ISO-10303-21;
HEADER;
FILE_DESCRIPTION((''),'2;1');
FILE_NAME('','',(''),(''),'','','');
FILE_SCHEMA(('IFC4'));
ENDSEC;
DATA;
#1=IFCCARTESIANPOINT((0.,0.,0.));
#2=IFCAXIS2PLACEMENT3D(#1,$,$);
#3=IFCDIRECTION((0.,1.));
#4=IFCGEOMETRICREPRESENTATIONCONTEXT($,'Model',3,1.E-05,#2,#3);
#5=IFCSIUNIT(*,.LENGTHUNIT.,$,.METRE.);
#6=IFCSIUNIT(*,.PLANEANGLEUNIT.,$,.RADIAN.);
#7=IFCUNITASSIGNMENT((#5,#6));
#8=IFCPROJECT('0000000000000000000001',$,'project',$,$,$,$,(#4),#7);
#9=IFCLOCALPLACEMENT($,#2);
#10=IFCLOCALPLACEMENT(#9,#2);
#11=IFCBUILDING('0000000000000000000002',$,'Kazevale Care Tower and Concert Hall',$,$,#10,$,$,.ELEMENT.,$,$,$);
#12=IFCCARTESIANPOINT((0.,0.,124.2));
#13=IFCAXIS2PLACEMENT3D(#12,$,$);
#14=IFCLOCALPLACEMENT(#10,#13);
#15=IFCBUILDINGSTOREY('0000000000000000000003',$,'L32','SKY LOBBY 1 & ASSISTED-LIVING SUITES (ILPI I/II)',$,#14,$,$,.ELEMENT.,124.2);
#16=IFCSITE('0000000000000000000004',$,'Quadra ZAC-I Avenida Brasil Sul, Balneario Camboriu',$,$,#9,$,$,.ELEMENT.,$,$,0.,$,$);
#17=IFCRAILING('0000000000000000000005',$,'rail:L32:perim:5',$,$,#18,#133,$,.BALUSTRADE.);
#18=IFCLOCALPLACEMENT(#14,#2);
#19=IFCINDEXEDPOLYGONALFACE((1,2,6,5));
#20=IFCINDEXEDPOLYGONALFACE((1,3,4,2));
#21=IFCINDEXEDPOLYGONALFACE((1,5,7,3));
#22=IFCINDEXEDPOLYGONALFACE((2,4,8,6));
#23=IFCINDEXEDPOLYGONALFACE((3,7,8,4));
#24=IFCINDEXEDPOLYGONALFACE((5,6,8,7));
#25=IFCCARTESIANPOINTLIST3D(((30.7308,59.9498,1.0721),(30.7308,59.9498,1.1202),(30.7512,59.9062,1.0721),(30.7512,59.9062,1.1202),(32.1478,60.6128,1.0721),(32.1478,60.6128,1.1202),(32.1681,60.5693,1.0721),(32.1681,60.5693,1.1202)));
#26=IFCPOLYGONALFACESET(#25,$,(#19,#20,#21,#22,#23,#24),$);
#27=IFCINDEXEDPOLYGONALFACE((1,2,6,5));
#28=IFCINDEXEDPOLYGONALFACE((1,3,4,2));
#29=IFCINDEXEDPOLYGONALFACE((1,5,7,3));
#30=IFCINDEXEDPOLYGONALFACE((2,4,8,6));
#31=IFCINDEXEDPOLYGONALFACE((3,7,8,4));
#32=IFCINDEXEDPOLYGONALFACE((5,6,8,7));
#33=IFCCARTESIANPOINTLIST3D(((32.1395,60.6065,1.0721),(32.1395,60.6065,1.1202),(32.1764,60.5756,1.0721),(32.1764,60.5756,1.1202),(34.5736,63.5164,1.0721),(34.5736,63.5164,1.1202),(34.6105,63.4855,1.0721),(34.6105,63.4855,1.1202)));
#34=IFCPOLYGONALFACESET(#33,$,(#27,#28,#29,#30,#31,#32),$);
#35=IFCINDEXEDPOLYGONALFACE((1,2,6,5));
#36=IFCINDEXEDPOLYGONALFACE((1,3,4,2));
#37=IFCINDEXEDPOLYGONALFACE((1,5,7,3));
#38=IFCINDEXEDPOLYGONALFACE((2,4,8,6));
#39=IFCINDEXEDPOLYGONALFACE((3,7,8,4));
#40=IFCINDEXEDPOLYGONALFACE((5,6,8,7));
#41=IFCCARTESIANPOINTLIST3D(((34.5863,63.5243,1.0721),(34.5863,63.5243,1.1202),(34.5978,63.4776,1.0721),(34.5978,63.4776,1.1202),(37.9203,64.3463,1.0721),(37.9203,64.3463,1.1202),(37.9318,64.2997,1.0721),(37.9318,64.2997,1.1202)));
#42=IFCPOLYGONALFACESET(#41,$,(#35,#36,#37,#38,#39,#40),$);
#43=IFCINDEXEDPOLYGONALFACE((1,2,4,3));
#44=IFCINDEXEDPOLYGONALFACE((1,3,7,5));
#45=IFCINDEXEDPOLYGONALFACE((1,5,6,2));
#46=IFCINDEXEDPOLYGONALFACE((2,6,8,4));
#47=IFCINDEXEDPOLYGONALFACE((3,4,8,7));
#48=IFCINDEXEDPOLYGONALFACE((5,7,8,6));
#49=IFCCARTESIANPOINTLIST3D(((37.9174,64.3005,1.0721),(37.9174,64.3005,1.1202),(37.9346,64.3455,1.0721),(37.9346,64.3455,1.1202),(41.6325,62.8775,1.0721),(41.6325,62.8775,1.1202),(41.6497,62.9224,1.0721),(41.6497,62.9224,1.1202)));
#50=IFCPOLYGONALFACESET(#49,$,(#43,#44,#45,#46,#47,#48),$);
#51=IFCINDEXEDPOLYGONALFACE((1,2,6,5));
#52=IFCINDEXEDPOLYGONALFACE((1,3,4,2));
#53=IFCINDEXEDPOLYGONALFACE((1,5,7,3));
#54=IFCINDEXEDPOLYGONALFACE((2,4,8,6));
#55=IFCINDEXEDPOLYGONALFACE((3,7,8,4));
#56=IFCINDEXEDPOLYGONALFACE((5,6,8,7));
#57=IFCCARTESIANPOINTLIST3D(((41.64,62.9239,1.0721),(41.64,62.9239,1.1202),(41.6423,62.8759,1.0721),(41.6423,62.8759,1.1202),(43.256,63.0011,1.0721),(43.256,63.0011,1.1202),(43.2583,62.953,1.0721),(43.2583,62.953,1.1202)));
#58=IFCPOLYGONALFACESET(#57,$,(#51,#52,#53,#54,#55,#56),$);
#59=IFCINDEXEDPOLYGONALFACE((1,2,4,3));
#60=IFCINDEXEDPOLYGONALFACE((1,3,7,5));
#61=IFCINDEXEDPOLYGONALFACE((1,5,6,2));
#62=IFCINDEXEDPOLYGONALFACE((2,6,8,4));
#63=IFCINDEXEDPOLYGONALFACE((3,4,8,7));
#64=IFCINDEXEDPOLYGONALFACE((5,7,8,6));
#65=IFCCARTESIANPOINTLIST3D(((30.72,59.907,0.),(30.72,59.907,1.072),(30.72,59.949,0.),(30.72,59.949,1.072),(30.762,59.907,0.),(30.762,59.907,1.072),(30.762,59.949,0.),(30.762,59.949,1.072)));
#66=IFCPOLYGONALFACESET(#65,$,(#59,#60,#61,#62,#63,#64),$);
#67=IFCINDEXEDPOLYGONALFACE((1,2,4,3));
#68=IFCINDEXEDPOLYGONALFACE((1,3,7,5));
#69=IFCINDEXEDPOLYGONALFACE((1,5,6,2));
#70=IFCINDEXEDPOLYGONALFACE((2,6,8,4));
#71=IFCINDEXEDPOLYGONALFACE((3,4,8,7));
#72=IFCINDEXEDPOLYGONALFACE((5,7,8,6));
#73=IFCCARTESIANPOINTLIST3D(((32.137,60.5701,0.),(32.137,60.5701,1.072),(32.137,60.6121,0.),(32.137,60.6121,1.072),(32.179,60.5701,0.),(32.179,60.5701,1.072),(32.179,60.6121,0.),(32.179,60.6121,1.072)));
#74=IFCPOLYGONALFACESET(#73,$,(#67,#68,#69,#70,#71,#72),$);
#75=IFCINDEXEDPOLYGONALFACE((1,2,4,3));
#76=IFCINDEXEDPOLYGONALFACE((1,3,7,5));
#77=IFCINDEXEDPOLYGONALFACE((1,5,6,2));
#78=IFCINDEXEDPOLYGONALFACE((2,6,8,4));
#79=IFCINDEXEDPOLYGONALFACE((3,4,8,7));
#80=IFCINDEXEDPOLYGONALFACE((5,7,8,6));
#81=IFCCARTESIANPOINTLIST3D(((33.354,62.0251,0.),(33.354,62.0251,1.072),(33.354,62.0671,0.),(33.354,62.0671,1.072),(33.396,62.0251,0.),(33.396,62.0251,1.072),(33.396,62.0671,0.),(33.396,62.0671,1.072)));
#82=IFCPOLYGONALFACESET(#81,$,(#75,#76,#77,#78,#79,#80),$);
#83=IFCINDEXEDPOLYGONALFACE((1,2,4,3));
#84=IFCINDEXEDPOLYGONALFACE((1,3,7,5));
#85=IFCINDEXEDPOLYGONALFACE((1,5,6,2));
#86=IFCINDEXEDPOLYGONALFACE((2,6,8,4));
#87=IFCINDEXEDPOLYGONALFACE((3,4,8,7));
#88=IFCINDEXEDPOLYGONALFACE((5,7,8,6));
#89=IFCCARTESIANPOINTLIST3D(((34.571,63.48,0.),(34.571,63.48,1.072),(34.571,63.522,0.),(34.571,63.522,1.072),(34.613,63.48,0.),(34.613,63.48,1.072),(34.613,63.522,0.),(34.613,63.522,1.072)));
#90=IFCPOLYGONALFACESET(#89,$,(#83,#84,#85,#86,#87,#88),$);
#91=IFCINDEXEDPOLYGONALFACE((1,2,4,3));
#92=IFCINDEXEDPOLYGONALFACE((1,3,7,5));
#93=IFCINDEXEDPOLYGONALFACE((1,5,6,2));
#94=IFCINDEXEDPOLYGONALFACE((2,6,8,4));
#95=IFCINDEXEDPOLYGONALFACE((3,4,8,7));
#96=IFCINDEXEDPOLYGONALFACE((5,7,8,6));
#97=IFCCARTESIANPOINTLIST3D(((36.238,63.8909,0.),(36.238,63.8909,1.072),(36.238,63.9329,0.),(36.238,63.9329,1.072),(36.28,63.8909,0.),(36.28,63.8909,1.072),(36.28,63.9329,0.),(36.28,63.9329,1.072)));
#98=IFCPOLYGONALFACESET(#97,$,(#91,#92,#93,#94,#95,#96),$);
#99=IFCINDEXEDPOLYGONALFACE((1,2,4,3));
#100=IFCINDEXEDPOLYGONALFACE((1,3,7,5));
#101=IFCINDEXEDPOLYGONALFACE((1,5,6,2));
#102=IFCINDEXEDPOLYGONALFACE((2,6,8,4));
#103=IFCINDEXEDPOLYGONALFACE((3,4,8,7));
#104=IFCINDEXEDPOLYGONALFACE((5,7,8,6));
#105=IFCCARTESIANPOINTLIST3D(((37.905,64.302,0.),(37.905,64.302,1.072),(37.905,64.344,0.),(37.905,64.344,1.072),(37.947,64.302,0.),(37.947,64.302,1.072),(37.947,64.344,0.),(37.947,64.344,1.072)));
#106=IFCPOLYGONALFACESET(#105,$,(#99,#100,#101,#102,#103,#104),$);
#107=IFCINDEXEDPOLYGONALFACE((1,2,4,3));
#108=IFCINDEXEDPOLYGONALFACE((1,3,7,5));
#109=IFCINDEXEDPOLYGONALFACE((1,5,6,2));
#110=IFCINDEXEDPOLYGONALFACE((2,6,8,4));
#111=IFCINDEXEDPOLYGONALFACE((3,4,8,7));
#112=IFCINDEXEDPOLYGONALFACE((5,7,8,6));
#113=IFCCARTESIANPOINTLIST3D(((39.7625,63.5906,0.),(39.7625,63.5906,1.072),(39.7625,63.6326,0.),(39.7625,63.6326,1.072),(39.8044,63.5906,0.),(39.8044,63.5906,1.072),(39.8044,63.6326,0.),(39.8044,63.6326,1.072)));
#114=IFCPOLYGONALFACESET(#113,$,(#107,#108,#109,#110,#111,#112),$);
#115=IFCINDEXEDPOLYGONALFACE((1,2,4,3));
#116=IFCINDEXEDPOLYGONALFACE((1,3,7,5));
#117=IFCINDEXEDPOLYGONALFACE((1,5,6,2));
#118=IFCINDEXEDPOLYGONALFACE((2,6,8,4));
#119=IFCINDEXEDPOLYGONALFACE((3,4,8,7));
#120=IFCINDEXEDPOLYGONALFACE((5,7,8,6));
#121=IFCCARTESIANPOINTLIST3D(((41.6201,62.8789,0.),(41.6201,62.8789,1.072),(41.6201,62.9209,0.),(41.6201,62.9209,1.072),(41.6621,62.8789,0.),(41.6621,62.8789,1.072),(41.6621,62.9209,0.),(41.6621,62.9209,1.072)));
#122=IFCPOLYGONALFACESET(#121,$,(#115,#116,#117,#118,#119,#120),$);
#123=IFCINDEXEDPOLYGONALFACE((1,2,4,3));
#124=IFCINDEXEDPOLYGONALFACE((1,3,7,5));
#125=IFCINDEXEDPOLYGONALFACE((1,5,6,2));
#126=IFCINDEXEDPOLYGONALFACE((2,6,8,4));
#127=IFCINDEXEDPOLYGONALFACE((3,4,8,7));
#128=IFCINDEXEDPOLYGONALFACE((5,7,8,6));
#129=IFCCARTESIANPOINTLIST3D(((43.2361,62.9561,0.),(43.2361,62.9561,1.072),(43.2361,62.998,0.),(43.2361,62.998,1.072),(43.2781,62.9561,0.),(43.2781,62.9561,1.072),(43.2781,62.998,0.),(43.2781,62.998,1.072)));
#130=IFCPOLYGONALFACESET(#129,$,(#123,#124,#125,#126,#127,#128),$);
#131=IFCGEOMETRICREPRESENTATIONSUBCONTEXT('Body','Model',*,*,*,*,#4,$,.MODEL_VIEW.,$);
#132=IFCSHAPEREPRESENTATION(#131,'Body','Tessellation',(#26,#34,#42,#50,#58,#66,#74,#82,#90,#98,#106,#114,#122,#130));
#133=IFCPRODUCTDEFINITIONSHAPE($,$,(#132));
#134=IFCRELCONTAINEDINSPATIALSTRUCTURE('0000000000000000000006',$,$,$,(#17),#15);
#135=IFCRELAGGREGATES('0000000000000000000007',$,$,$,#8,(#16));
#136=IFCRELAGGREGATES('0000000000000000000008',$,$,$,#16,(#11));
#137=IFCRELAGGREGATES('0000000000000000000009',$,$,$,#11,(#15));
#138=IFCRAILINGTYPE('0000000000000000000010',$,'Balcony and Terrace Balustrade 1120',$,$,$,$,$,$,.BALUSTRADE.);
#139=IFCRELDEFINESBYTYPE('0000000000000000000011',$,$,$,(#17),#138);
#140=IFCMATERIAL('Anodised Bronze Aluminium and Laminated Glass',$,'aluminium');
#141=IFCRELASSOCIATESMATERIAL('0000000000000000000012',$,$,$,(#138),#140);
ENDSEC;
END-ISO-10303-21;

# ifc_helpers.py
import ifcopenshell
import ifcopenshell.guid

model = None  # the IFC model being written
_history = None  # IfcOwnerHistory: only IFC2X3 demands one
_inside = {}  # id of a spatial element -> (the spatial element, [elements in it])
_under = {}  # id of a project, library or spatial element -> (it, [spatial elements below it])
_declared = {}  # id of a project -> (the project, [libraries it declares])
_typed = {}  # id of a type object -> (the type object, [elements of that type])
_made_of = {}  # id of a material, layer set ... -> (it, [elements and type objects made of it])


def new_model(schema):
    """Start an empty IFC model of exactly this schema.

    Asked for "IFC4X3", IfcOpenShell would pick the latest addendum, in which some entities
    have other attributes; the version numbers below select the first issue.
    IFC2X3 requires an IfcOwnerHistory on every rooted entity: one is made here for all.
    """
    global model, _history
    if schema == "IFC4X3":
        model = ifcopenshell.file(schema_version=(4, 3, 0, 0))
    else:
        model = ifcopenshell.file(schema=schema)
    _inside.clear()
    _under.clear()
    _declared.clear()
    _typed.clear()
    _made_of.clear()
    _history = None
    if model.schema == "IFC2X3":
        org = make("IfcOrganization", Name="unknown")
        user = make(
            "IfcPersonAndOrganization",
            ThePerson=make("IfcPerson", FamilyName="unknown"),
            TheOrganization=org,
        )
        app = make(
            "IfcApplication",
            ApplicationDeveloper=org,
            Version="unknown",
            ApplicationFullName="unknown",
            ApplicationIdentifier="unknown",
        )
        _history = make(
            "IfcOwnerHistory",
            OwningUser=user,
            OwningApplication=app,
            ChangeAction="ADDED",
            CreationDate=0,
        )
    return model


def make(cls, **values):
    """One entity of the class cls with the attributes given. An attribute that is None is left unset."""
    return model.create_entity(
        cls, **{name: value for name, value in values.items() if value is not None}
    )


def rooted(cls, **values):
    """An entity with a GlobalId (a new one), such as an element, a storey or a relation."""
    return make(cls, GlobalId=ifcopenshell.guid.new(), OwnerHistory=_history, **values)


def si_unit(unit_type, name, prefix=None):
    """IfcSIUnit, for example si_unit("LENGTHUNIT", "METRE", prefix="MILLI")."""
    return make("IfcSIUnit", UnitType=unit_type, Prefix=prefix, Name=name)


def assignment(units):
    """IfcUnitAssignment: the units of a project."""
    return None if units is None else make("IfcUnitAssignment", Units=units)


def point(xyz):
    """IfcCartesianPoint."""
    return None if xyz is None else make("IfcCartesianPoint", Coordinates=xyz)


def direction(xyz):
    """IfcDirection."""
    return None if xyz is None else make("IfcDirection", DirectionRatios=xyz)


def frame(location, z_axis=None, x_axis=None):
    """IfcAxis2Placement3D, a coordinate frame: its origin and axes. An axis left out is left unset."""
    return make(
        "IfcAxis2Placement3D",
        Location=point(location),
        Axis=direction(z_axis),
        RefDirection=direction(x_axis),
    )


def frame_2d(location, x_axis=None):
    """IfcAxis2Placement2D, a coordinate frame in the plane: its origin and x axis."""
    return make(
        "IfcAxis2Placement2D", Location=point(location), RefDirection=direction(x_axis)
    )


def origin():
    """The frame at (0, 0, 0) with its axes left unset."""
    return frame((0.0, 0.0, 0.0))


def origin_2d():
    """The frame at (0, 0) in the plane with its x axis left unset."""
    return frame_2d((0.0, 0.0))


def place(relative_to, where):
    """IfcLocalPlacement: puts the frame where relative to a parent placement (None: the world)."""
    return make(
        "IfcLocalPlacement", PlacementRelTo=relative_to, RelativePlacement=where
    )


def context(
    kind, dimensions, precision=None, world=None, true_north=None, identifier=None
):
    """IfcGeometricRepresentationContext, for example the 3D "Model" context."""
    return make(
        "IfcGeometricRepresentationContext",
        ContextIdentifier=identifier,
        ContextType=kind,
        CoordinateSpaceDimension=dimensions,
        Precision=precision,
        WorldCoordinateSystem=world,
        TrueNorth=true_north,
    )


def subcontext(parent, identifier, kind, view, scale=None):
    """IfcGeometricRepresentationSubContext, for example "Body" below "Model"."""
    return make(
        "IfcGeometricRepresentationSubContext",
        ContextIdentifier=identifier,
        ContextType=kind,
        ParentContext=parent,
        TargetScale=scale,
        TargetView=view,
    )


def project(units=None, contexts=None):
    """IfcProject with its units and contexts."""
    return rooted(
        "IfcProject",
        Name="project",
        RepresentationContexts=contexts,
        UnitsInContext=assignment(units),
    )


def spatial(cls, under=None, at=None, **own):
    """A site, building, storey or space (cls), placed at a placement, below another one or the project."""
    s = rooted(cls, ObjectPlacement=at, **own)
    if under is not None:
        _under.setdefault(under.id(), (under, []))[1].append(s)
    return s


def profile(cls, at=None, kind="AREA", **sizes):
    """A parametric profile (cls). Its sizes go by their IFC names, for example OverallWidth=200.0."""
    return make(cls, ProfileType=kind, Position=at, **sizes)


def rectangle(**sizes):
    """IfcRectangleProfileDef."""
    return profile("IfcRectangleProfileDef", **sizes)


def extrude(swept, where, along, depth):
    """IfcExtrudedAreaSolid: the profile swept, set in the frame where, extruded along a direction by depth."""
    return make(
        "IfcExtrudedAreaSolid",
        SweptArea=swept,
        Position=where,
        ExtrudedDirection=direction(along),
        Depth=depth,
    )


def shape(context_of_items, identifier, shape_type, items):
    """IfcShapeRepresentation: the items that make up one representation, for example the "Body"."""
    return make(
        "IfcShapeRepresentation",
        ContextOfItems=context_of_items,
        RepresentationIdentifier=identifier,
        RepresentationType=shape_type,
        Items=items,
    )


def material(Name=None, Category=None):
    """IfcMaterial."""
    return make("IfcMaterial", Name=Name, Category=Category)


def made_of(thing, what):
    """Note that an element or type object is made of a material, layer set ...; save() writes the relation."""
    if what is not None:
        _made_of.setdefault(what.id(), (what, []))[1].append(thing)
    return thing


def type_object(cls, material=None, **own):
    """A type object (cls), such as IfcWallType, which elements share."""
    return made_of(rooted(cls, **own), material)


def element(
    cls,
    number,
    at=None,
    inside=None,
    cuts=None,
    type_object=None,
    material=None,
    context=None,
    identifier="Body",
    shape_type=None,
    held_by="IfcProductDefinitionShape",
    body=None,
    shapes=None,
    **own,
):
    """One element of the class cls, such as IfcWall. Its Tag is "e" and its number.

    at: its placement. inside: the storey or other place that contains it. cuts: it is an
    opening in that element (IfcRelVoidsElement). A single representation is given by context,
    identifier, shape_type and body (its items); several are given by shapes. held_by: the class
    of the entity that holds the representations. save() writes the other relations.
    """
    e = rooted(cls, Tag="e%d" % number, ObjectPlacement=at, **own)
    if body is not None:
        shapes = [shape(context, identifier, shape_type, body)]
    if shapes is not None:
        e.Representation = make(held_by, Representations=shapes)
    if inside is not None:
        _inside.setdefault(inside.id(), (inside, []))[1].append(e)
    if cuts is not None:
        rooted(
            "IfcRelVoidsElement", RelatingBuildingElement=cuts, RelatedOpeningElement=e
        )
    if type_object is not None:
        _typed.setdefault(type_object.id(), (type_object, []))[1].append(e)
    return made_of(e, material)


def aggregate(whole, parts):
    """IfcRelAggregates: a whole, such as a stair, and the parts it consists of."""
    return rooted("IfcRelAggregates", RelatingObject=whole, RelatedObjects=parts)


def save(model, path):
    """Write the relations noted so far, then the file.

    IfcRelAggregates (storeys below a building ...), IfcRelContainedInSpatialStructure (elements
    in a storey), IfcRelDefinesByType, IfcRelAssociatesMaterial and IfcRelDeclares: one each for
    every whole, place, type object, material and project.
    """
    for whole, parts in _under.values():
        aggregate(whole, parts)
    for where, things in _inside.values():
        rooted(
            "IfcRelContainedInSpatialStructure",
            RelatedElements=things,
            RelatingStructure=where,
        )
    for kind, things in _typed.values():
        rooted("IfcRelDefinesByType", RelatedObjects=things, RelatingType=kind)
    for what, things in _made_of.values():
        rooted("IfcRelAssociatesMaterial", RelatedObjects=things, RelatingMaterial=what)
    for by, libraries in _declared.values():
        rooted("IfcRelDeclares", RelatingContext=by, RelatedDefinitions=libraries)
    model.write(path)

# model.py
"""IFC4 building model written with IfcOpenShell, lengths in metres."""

from ifc_helpers import new_model, si_unit, direction, frame, origin, origin_2d, place, context, subcontext, project, spatial, rectangle, extrude, material, type_object, element, save


model = new_model("IFC4")

# Units and contexts
model_context = context("Model", 3, precision=1e-05, world=origin(), true_north=direction((0.0, 1.0)))
body_context = subcontext(model_context, "Body", "Model", "MODEL_VIEW")
ifc_project = project(units=[si_unit("LENGTHUNIT", "METRE"), si_unit("PLANEANGLEUNIT", "RADIAN")], contexts=[model_context])

# Site, building, storey
site_placement = place(None, origin())
site = spatial("IfcSite", under=ifc_project, at=site_placement, Name="Quadra ZAC-I Avenida Brasil Sul, Balneario Camboriu", CompositionType="ELEMENT", RefElevation=0.0)
building_placement = place(site_placement, origin())
building = spatial("IfcBuilding", under=site, at=building_placement, Name="Kazevale Care Tower and Concert Hall", CompositionType="ELEMENT")
storey_placement = place(building_placement, frame((0.0, 0.0, 124.2)))
storey = spatial("IfcBuildingStorey", under=building, at=storey_placement, Name="L32", Description="SKY LOBBY 1 & ASSISTED-LIVING SUITES (ILPI I/II)", CompositionType="ELEMENT", Elevation=124.2)

# Railing
ifc_material_1 = material(Name="Anodised Bronze Aluminium and Laminated Glass", Category="aluminium")
railing_type = type_object("IfcRailingType", Name="Balcony and Terrace Balustrade 1120", PredefinedType="BALUSTRADE", material=ifc_material_1)
railing_1_placement = place(storey_placement, frame((30.741, 59.928, 0.0)))
element("IfcRailing", 1, at=railing_1_placement, inside=storey, type_object=railing_type, Name="rail:L32:perim:5", PredefinedType="BALUSTRADE", context=body_context, shape_type="SweptSolid", body=[
    extrude(rectangle(XDim=0.0481, YDim=0.0481, at=origin_2d()), frame((0.0, 0.0, 1.0962), z_axis=(0.905736, 0.423842, 0.0), x_axis=(-0.423842, 0.905736, 0.0)), (0.0, 0.0, 1.0), 1.5645),
    extrude(rectangle(XDim=0.0481, YDim=0.0481, at=origin_2d()), frame((1.417, 0.6631, 1.0962), z_axis=(0.641608, 0.767033, 0.0), x_axis=(-0.767033, 0.641608, 0.0)), (0.0, 0.0, 1.0), 3.7937),
    extrude(rectangle(XDim=0.0481, YDim=0.0481, at=origin_2d()), frame((3.8511, 3.573, 1.0962), z_axis=(0.970924, 0.239389, 0.0), x_axis=(-0.239389, 0.970924, 0.0)), (0.0, 0.0, 1.0), 3.4338),
    extrude(rectangle(XDim=0.0481, YDim=0.0481, at=origin_2d()), frame((7.1851, 4.395, 1.0962), z_axis=(0.933832, -0.357712, 0.0), x_axis=(0.357712, 0.933832, 0.0)), (0.0, 0.0, 1.0), 3.9783),
    extrude(rectangle(XDim=0.0481, YDim=0.0481, at=origin_2d()), frame((10.9001, 2.9719, 1.0962), z_axis=(0.998862, 0.047687, 0.0), x_axis=(-0.047687, 0.998862, 0.0)), (0.0, 0.0, 1.0), 1.6179),
    extrude(rectangle(XDim=0.042, YDim=0.042, at=origin_2d()), origin(), (0.0, 0.0, 1.0), 1.072),
    extrude(rectangle(XDim=0.042, YDim=0.042, at=origin_2d()), frame((1.417, 0.6631, 0.0)), (0.0, 0.0, 1.0), 1.072),
    extrude(rectangle(XDim=0.042, YDim=0.042, at=origin_2d()), frame((2.634, 2.1182, 0.0)), (0.0, 0.0, 1.0), 1.072),
    extrude(rectangle(XDim=0.042, YDim=0.042, at=origin_2d()), frame((3.8511, 3.573, 0.0)), (0.0, 0.0, 1.0), 1.072),
    extrude(rectangle(XDim=0.042, YDim=0.042, at=origin_2d()), frame((5.5181, 3.9839, 0.0)), (0.0, 0.0, 1.0), 1.072),
    extrude(rectangle(XDim=0.042, YDim=0.042, at=origin_2d()), frame((7.1851, 4.395, 0.0)), (0.0, 0.0, 1.0), 1.072),
    extrude(rectangle(XDim=0.042, YDim=0.042, at=origin_2d()), frame((9.0425, 3.6836, 0.0)), (0.0, 0.0, 1.0), 1.072),
    extrude(rectangle(XDim=0.042, YDim=0.042, at=origin_2d()), frame((10.9001, 2.9719, 0.0)), (0.0, 0.0, 1.0), 1.072),
    extrude(rectangle(XDim=0.042, YDim=0.042, at=origin_2d()), frame((12.5161, 3.0491, 0.0)), (0.0, 0.0, 1.0), 1.072),
])

save(model, "model.ifc")
